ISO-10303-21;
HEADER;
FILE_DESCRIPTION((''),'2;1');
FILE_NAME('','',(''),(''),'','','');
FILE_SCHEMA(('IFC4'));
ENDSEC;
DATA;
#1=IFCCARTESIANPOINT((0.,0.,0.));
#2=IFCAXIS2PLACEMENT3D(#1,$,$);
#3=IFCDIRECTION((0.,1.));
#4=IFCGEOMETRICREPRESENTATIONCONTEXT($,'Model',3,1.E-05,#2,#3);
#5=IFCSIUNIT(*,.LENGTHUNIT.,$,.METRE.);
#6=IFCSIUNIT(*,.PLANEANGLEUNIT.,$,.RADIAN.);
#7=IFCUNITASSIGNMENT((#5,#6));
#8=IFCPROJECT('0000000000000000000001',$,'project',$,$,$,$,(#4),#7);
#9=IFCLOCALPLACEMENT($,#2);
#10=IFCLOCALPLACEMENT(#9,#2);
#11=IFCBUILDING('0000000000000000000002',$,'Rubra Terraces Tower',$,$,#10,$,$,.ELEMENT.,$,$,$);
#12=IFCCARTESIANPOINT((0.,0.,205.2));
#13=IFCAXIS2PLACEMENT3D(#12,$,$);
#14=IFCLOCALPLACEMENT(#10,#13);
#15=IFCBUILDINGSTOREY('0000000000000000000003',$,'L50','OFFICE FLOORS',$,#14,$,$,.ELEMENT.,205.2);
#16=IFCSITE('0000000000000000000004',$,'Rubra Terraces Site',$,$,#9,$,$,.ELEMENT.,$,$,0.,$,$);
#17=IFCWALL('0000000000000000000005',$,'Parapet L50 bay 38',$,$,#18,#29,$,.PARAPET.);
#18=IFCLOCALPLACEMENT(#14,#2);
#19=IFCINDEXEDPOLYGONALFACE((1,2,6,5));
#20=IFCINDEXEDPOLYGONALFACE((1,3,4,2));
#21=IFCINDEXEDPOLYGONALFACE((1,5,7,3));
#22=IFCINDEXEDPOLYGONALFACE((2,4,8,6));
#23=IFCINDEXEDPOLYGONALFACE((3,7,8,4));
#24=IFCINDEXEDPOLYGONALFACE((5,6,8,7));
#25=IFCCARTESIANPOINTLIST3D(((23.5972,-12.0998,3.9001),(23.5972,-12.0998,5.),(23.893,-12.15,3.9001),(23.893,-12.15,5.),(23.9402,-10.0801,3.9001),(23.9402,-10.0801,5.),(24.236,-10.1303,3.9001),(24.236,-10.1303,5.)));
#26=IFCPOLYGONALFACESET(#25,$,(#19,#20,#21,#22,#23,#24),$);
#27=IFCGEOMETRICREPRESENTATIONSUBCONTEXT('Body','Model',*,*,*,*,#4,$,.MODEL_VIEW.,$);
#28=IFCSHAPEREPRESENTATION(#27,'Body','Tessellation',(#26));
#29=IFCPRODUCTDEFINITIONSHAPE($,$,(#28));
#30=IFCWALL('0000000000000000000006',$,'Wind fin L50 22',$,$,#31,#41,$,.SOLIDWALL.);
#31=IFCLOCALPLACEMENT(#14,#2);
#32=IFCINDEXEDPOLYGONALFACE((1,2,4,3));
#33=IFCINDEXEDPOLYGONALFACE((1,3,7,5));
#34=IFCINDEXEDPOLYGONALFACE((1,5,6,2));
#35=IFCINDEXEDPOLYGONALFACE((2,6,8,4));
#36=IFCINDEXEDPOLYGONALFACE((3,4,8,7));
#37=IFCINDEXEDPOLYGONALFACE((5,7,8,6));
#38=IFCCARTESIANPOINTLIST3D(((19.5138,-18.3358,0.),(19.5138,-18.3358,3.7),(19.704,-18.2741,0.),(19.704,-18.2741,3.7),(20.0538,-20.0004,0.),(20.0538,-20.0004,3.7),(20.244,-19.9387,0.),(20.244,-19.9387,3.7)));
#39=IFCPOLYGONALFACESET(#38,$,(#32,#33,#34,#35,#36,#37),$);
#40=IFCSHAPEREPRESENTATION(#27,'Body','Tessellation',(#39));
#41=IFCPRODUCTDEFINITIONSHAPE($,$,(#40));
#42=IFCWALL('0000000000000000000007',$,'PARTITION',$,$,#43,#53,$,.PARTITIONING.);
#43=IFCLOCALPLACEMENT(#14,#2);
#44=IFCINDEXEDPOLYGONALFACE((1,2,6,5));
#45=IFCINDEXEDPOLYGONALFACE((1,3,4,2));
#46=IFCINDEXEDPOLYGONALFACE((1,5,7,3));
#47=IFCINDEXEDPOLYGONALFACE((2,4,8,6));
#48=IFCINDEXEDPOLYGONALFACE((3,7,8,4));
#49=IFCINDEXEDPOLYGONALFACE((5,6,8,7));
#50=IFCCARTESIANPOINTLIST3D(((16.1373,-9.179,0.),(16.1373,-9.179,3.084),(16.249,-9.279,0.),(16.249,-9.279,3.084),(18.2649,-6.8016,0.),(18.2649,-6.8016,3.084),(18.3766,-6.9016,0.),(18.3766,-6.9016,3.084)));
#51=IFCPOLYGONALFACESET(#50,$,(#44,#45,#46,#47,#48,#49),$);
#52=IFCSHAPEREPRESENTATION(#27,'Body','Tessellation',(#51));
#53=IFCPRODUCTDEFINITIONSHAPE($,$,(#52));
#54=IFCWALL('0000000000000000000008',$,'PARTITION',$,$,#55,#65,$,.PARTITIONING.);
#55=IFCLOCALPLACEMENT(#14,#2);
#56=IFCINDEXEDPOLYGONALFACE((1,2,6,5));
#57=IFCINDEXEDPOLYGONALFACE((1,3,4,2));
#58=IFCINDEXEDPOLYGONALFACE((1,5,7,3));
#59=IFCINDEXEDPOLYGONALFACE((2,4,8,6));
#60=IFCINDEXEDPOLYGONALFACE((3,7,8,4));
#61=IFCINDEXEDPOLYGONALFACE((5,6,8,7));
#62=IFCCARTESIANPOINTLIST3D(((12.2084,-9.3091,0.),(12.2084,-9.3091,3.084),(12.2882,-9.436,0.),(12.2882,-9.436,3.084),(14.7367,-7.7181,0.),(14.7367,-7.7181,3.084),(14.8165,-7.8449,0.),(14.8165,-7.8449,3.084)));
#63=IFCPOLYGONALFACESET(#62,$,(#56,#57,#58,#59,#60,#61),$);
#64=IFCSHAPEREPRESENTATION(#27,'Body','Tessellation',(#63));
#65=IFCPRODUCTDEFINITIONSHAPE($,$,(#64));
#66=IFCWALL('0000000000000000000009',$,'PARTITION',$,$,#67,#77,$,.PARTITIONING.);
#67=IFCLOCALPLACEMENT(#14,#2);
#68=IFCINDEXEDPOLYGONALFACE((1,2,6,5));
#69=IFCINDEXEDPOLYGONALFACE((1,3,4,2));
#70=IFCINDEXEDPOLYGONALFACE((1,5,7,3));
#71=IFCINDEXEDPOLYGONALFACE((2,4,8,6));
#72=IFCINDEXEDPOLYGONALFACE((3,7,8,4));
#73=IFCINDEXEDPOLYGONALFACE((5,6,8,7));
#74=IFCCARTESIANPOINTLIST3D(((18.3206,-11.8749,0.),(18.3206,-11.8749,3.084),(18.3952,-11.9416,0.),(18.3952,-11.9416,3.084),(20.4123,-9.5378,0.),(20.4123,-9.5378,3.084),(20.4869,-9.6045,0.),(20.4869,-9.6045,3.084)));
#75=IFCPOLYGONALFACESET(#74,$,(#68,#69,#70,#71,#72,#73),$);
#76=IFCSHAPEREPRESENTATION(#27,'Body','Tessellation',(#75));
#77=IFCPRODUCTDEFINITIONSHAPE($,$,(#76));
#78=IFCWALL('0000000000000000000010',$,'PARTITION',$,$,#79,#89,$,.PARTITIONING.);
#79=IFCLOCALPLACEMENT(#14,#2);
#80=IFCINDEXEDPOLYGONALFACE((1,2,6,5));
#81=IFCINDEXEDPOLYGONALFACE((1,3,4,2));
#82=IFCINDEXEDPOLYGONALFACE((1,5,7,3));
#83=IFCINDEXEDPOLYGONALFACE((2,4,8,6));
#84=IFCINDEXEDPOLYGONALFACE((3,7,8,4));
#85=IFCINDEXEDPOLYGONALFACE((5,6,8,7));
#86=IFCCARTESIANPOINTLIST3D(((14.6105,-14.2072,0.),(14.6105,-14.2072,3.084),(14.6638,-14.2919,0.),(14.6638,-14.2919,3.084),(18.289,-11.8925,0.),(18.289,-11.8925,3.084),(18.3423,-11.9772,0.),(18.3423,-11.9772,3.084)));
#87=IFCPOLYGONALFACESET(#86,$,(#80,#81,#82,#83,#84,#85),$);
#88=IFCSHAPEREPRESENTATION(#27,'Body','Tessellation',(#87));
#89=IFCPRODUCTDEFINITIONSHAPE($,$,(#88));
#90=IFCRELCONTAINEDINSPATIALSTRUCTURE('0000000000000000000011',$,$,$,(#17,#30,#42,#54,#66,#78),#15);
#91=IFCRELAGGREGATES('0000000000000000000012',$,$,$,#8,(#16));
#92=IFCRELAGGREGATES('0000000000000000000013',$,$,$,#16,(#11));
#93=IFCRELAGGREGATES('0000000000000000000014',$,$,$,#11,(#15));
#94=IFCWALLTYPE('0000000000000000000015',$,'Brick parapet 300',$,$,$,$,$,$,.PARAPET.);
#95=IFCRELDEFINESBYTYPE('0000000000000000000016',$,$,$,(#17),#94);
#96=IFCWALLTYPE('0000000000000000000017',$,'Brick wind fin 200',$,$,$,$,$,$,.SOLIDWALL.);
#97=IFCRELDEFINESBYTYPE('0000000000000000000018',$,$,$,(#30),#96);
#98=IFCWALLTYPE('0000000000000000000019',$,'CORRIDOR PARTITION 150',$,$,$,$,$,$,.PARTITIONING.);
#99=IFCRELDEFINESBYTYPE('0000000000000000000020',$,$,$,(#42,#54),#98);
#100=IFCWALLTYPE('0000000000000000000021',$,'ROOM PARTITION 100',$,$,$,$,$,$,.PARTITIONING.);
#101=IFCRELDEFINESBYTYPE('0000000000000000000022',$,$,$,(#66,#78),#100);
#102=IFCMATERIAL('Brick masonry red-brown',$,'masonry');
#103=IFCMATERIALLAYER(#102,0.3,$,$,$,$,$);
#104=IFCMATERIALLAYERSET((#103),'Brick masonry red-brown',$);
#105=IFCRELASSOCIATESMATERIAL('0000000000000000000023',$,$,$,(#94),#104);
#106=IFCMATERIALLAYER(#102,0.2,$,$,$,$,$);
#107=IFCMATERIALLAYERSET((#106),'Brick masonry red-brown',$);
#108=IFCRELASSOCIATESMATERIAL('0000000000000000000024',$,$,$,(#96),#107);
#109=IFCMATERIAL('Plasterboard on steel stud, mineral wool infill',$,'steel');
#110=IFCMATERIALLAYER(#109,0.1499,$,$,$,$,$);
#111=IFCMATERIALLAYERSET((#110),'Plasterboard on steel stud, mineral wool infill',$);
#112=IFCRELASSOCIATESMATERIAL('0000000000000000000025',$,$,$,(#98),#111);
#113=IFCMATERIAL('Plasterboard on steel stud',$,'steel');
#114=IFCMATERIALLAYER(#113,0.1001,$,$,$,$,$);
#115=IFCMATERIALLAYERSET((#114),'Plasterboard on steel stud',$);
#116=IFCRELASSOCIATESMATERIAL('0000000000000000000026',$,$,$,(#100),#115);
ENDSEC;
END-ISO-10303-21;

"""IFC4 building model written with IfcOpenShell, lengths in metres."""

from ifc_helpers import new_model, si_unit, direction, frame, frame_2d, origin, place, context, subcontext, project, spatial, rectangle, extrude, material, layer, layer_set, type_object, element, save


model = new_model("IFC4")

# Units and contexts
model_context = context("Model", 3, precision=1e-05, world=origin(), true_north=direction((0.0, 1.0)))
body_context = subcontext(model_context, "Body", "Model", "MODEL_VIEW")
ifc_project = project(units=[si_unit("LENGTHUNIT", "METRE"), si_unit("PLANEANGLEUNIT", "RADIAN")], contexts=[model_context])

# Site, building, storey
site_placement = place(None, origin())
site = spatial("IfcSite", under=ifc_project, at=site_placement, Name="Rubra Terraces Site", CompositionType="ELEMENT", RefElevation=0.0)
building_placement = place(site_placement, origin())
building = spatial("IfcBuilding", under=site, at=building_placement, Name="Rubra Terraces Tower", CompositionType="ELEMENT")
storey_placement = place(building_placement, frame((0.0, 0.0, 205.2)))
storey = spatial("IfcBuildingStorey", under=building, at=storey_placement, Name="L50", Description="OFFICE FLOORS", CompositionType="ELEMENT", Elevation=205.2)

# Shared definitions
ifc_material_1 = material(Name="Brick masonry red-brown", Category="masonry")

# Walls
ifc_layer_1 = layer(ifc_material_1, 0.3)
ifc_layer_set_1 = layer_set([ifc_layer_1], Name="Brick masonry red-brown")
wall_type_1 = type_object("IfcWallType", Name="Brick parapet 300", PredefinedType="PARAPET", material=ifc_layer_set_1)
wall_1_placement = place(storey_placement, frame((23.7451, -12.125, 3.9001), z_axis=(0.0, 0.0, 1.0), x_axis=(0.167432, 0.985884, 0.0)))
element("IfcWall", 1, at=wall_1_placement, inside=storey, type_object=wall_type_1, Name="Parapet L50 bay 38", PredefinedType="PARAPET", context=body_context, shape_type="SweptSolid", body=[
    extrude(rectangle(XDim=2.0486, YDim=0.3, at=frame_2d((1.0244, 0.0))), origin(), (0.0, 0.0, 1.0), 1.0999),
])
ifc_layer_2 = layer(ifc_material_1, 0.2)
ifc_layer_set_2 = layer_set([ifc_layer_2], Name="Brick masonry red-brown")
wall_type_2 = type_object("IfcWallType", Name="Brick wind fin 200", PredefinedType="SOLIDWALL", material=ifc_layer_set_2)
wall_2_placement = place(storey_placement, frame((19.6089, -18.3049, 0.0), z_axis=(0.0, 0.0, 1.0), x_axis=(0.3086, -0.951192, 0.0)))
element("IfcWall", 2, at=wall_2_placement, inside=storey, type_object=wall_type_2, Name="Wind fin L50 22", PredefinedType="SOLIDWALL", context=body_context, shape_type="SweptSolid", body=[
    extrude(rectangle(XDim=1.75, YDim=0.2, at=frame_2d((0.875, 0.0))), origin(), (0.0, 0.0, 1.0), 3.7),
])
ifc_material_2 = material(Name="Plasterboard on steel stud, mineral wool infill", Category="steel")
ifc_layer_3 = layer(ifc_material_2, 0.1499)
ifc_layer_set_3 = layer_set([ifc_layer_3], Name="Plasterboard on steel stud, mineral wool infill")
wall_type_3 = type_object("IfcWallType", Name="CORRIDOR PARTITION 150", PredefinedType="PARTITIONING", material=ifc_layer_set_3)
wall_3_placement = place(storey_placement, frame((16.1931, -9.229, 0.0), z_axis=(0.0, 0.0, 1.0), x_axis=(0.666882, 0.745163, 0.0)))
element("IfcWall", 3, at=wall_3_placement, inside=storey, type_object=wall_type_3, Name="PARTITION", PredefinedType="PARTITIONING", context=body_context, shape_type="SweptSolid", body=[
    extrude(rectangle(XDim=3.1904, YDim=0.1499, at=frame_2d((1.5952, 0.0))), origin(), (0.0, 0.0, 1.0), 3.084),
])
wall_4_placement = place(storey_placement, frame((14.7766, -7.7815, 0.0), z_axis=(0.0, 0.0, 1.0), x_axis=(-0.84636, -0.532612, 0.0)))
element("IfcWall", 4, at=wall_4_placement, inside=storey, type_object=wall_type_3, Name="PARTITION", PredefinedType="PARTITIONING", context=body_context, shape_type="SweptSolid", body=[
    extrude(rectangle(XDim=2.9873, YDim=0.1499, at=frame_2d((1.4937, 0.0))), origin(), (0.0, 0.0, 1.0), 3.084),
])
ifc_material_3 = material(Name="Plasterboard on steel stud", Category="steel")
ifc_layer_4 = layer(ifc_material_3, 0.1001)
ifc_layer_set_4 = layer_set([ifc_layer_4], Name="Plasterboard on steel stud")
wall_type_4 = type_object("IfcWallType", Name="ROOM PARTITION 100", PredefinedType="PARTITIONING", material=ifc_layer_set_4)
wall_5_placement = place(storey_placement, frame((20.4497, -9.571, 0.0), z_axis=(0.0, 0.0, 1.0), x_axis=(-0.666911, -0.745137, 0.0)))
element("IfcWall", 5, at=wall_5_placement, inside=storey, type_object=wall_type_4, Name="PARTITION", PredefinedType="PARTITIONING", context=body_context, shape_type="SweptSolid", body=[
    extrude(rectangle(XDim=3.1365, YDim=0.1001, at=frame_2d((1.5684, 0.0))), origin(), (0.0, 0.0, 1.0), 3.084),
])
wall_6_placement = place(storey_placement, frame((18.3157, -11.9348, 0.0), z_axis=(0.0, 0.0, 1.0), x_axis=(-0.846375, -0.532587, 0.0)))
element("IfcWall", 6, at=wall_6_placement, inside=storey, type_object=wall_type_4, Name="PARTITION", PredefinedType="PARTITIONING", context=body_context, shape_type="SweptSolid", body=[
    extrude(rectangle(XDim=4.3462, YDim=0.1001, at=frame_2d((2.1731, 0.0))), origin(), (0.0, 0.0, 1.0), 3.084),
])

save(model, "model.ifc")
